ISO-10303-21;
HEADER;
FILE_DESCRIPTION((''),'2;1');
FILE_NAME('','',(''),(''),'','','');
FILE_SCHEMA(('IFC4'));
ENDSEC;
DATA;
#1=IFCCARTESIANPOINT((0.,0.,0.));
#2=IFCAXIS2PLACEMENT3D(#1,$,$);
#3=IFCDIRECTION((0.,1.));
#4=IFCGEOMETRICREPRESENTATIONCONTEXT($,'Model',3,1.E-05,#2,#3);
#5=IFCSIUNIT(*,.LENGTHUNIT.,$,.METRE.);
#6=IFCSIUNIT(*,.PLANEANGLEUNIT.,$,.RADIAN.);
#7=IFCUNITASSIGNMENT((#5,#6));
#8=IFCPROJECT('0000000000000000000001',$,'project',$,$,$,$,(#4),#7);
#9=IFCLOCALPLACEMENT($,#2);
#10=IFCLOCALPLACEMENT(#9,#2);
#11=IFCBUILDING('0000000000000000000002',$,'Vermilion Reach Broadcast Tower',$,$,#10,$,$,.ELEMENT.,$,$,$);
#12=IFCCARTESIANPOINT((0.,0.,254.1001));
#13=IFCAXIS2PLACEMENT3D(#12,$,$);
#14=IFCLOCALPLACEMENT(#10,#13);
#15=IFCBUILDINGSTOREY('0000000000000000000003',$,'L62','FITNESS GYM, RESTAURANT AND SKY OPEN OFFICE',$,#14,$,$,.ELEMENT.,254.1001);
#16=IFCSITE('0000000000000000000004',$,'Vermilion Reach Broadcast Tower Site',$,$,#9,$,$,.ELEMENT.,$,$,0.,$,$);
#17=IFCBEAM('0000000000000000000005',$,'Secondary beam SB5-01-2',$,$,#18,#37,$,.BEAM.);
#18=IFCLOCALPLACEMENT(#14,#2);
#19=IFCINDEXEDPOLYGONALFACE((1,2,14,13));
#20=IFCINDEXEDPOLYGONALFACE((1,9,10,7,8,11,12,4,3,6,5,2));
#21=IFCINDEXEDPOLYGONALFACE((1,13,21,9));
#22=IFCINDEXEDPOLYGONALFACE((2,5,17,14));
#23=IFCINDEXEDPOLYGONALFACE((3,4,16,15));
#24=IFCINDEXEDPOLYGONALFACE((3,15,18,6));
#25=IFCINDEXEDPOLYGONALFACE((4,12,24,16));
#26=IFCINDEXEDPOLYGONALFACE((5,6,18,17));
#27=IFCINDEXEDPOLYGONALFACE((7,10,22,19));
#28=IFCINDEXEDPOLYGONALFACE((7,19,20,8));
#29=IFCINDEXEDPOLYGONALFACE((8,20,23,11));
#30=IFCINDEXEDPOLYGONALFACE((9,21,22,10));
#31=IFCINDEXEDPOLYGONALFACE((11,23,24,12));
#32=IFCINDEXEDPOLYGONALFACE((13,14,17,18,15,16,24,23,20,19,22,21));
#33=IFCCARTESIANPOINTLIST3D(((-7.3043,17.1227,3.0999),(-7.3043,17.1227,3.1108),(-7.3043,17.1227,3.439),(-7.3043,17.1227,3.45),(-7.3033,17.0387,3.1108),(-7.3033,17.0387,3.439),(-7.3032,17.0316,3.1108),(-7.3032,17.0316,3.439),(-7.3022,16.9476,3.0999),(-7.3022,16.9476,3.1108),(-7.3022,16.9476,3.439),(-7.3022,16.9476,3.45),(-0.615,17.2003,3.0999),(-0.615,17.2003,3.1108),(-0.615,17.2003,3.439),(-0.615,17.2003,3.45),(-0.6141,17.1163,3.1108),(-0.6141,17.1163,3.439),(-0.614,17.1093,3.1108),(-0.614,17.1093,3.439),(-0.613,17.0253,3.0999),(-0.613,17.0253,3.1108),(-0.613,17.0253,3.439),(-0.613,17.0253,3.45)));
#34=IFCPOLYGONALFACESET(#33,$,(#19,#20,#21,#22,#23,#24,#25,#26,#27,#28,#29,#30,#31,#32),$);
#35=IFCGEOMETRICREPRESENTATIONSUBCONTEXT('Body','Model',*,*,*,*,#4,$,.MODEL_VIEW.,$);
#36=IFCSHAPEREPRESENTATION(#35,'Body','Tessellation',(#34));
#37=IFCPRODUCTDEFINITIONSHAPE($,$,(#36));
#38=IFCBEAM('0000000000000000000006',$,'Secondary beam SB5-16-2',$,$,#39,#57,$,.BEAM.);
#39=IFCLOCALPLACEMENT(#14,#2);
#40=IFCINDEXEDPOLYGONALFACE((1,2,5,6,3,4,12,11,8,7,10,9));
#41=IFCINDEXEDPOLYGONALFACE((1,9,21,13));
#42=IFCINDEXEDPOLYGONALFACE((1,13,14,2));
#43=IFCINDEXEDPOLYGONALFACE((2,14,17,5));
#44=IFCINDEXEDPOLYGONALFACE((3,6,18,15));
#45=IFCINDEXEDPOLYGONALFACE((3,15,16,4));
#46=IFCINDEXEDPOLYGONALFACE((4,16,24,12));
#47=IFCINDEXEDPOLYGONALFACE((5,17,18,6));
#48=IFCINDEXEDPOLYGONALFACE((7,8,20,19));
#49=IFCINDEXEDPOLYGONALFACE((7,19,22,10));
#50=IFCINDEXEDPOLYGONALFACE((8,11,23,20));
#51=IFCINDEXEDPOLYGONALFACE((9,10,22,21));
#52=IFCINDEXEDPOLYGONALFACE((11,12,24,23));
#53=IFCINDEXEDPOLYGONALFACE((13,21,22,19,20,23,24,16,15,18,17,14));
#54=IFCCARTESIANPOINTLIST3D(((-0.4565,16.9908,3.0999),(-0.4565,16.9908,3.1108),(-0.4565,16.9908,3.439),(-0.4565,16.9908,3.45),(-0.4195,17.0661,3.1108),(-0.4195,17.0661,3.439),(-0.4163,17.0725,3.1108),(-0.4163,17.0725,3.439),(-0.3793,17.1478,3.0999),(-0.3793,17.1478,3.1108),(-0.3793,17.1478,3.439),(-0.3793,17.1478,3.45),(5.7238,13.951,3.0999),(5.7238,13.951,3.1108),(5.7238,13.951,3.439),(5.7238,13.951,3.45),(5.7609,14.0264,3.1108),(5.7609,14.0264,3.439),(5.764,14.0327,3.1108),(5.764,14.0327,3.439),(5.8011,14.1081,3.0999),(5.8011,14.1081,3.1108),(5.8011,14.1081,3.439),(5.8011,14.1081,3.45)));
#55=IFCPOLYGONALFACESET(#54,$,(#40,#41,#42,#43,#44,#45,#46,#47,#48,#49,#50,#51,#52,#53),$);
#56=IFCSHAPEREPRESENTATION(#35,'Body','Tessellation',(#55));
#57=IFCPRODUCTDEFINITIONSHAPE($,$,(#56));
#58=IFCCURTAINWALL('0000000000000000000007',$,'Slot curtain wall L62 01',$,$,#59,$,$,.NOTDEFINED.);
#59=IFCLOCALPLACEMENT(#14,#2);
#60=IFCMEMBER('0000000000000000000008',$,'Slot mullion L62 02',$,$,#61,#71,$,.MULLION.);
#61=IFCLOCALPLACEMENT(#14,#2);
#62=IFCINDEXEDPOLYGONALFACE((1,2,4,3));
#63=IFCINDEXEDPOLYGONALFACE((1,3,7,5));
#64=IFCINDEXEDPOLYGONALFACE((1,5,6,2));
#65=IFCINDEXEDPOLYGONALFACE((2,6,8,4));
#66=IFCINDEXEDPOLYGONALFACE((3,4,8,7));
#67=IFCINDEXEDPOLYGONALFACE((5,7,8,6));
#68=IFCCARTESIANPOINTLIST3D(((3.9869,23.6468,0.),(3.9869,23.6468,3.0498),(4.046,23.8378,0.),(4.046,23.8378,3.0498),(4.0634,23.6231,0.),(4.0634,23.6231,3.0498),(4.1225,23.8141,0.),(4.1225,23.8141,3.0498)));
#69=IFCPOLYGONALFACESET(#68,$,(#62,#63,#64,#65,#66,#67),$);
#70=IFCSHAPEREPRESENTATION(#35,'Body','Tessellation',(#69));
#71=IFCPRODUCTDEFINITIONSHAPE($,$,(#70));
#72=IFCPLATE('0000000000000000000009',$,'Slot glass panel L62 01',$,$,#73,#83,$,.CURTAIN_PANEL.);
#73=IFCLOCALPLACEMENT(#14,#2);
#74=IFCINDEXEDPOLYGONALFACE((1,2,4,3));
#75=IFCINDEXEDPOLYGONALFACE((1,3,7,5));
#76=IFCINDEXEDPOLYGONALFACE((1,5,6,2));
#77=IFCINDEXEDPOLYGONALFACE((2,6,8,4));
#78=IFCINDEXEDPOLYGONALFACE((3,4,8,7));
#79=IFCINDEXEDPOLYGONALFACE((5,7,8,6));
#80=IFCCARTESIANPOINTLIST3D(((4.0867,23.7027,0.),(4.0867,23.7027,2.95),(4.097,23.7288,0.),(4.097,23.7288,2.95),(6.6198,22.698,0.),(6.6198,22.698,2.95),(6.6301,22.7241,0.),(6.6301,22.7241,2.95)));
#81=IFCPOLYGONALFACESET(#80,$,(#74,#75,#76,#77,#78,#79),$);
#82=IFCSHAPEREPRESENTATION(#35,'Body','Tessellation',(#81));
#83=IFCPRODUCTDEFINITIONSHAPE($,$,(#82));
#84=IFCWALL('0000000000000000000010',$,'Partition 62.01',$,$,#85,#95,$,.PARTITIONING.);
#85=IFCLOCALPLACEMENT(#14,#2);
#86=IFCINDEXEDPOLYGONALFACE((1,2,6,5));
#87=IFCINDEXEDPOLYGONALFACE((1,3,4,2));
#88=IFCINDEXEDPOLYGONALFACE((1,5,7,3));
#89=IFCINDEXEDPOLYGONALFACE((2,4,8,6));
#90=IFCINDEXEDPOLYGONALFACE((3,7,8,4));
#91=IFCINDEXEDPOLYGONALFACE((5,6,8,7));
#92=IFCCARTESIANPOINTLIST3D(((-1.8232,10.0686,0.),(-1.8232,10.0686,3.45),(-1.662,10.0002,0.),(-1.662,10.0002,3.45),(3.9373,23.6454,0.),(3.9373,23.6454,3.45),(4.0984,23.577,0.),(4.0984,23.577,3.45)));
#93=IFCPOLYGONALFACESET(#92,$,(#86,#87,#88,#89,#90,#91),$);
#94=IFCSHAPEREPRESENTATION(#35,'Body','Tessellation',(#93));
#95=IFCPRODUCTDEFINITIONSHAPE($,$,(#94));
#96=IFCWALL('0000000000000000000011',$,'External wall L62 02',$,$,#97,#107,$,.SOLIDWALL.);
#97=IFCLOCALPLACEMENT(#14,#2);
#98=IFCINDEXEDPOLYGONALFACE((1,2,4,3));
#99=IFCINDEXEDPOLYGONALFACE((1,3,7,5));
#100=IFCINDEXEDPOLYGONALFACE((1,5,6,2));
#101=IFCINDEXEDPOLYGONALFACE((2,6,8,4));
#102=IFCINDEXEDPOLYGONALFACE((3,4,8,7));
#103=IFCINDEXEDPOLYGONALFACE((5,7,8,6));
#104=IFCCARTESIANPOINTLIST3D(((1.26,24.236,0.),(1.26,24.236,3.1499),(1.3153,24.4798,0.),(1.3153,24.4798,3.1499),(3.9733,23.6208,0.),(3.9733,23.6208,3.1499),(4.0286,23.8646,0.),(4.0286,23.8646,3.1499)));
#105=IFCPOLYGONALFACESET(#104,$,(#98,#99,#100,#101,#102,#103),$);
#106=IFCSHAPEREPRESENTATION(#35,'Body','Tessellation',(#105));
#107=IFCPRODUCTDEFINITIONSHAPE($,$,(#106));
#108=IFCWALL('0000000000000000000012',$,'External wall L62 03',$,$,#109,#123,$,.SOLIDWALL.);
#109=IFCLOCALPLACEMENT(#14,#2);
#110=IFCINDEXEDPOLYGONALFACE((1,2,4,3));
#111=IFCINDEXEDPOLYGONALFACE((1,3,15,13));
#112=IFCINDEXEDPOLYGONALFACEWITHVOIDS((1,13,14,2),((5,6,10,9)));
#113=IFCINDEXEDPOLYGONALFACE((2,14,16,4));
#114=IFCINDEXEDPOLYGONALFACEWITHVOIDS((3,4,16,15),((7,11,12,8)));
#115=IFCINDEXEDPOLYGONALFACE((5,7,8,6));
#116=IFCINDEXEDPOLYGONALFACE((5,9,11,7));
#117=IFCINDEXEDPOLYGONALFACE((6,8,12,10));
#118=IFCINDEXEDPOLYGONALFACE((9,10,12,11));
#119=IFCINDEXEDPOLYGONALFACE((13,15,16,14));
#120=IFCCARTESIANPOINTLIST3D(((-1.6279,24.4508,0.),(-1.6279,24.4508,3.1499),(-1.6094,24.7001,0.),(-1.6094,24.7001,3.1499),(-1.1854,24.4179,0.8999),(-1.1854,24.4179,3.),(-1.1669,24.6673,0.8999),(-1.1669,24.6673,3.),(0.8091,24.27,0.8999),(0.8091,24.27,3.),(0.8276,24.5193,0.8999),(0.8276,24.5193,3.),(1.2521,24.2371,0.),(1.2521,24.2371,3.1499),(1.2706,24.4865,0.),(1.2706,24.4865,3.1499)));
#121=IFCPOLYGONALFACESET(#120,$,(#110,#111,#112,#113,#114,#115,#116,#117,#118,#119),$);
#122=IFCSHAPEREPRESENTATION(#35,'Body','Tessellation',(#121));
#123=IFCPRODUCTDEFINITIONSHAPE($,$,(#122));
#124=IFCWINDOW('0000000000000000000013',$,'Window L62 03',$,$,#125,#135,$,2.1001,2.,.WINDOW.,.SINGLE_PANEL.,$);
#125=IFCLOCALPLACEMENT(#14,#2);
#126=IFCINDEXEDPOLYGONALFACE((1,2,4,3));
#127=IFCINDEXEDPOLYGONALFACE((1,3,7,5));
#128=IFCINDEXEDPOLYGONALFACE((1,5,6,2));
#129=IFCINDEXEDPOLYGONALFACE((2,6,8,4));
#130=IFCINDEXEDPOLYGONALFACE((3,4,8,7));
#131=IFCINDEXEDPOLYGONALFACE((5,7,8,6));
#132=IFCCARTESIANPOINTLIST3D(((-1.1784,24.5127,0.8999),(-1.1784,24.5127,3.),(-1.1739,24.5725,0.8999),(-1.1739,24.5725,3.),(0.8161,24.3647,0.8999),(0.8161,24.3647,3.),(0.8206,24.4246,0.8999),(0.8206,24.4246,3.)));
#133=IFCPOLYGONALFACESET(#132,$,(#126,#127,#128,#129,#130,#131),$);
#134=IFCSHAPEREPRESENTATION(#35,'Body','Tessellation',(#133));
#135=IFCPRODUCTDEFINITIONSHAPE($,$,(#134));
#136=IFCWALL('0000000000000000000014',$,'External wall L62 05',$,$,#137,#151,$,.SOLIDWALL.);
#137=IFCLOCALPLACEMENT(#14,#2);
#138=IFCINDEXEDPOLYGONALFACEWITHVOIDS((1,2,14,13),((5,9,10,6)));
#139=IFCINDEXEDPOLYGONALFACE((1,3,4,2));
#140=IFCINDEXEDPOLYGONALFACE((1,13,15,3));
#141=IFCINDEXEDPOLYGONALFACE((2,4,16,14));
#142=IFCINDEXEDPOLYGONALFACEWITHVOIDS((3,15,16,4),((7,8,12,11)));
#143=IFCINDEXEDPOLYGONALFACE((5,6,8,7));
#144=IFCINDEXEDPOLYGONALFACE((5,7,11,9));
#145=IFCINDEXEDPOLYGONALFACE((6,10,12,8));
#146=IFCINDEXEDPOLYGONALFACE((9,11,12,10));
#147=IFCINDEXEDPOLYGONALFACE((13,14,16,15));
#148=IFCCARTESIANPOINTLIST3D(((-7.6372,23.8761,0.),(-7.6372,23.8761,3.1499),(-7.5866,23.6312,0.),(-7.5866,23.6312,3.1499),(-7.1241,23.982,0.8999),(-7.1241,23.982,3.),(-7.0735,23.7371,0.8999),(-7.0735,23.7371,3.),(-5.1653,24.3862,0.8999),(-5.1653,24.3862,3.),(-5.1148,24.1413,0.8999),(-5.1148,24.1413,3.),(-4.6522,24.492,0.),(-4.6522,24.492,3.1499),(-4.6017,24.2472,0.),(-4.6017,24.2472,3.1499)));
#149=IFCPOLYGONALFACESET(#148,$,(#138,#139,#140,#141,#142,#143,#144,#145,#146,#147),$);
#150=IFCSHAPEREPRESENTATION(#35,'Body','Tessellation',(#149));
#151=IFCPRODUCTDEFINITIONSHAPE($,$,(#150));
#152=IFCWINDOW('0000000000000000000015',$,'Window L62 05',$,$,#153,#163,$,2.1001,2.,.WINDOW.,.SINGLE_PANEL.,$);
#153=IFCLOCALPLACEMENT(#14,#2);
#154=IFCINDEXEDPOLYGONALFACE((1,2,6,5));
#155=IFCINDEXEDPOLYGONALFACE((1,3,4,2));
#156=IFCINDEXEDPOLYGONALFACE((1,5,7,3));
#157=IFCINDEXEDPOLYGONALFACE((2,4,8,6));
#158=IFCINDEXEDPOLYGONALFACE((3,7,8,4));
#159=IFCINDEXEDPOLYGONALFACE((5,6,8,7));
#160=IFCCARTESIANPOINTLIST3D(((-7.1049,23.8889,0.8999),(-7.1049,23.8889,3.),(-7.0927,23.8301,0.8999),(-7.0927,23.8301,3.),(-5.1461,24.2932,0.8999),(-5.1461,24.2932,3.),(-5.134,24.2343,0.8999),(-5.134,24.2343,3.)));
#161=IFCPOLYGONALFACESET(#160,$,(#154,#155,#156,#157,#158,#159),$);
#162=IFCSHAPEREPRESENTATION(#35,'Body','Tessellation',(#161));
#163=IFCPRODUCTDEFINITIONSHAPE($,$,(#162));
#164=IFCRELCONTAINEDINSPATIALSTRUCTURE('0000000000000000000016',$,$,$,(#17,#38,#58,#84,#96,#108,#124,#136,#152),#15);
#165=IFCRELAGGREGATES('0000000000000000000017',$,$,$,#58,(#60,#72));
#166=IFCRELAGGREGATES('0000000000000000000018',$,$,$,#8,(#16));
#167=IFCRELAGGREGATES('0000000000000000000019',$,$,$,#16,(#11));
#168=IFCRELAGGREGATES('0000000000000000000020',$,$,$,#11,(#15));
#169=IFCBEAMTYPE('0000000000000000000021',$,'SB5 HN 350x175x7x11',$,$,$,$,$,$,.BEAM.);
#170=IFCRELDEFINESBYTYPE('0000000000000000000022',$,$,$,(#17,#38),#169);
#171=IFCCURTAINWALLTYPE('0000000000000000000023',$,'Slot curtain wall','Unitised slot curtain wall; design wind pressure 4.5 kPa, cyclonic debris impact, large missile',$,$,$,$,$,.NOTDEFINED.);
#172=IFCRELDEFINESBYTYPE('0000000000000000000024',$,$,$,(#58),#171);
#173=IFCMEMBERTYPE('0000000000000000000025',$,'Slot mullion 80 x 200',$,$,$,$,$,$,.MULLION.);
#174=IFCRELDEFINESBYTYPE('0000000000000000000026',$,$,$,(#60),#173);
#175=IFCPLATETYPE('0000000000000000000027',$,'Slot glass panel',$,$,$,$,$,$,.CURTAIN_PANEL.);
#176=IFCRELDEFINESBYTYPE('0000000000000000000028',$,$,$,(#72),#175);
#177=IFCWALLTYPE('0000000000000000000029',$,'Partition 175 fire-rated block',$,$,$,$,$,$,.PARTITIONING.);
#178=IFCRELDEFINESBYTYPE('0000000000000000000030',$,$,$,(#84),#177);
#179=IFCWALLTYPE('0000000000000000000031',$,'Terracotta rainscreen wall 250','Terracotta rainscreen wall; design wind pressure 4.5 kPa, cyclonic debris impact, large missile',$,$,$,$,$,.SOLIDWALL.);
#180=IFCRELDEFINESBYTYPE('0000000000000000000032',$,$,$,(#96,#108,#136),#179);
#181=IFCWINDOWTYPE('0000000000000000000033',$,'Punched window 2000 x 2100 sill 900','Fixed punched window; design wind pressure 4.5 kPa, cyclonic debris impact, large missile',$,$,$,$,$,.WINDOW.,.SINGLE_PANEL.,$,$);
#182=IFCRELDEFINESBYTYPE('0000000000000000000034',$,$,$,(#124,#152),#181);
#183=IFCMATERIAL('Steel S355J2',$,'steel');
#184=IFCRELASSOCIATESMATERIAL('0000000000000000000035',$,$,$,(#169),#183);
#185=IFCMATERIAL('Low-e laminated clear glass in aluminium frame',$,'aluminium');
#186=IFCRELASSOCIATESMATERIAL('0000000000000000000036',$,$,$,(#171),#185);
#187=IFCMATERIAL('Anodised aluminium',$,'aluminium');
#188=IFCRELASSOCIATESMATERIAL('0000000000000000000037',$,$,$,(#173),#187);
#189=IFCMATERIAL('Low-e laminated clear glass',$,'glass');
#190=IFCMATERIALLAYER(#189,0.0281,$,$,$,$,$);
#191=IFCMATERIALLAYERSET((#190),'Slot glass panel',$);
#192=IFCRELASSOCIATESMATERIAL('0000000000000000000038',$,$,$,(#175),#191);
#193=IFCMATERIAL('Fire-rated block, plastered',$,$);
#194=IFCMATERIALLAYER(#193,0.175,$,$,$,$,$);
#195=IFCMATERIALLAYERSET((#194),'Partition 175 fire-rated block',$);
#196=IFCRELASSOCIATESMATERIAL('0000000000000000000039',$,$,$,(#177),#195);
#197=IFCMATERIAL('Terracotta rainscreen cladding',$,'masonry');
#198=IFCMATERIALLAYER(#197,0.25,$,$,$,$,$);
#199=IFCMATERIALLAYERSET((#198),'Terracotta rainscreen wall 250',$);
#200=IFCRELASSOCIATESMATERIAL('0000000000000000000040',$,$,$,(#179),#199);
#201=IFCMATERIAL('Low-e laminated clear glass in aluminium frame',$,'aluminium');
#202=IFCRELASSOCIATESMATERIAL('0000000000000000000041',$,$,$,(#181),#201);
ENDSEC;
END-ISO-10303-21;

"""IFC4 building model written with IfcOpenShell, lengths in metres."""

from ifc_helpers import new_model, si_unit, direction, frame, frame_2d, origin, origin_2d, place, context, subcontext, project, spatial, rectangle, i_section, extrude, material, layer, layer_set, material_profile, profile_set, type_object, element, fill, aggregate, save


model = new_model("IFC4")

# Units and contexts
model_context = context("Model", 3, precision=1e-05, world=origin(), true_north=direction((0.0, 1.0)))
body_context = subcontext(model_context, "Body", "Model", "MODEL_VIEW")
ifc_project = project(units=[si_unit("LENGTHUNIT", "METRE"), si_unit("PLANEANGLEUNIT", "RADIAN")], contexts=[model_context])

# Site, building, storey
site_placement = place(None, origin())
site = spatial("IfcSite", under=ifc_project, at=site_placement, Name="Vermilion Reach Broadcast Tower Site", CompositionType="ELEMENT", RefElevation=0.0)
building_placement = place(site_placement, origin())
building = spatial("IfcBuilding", under=site, at=building_placement, Name="Vermilion Reach Broadcast Tower", CompositionType="ELEMENT")
storey_placement = place(building_placement, frame((0.0, 0.0, 254.1001)))
storey = spatial("IfcBuildingStorey", under=building, at=storey_placement, Name="L62", Description="FITNESS GYM, RESTAURANT AND SKY OPEN OFFICE", CompositionType="ELEMENT", Elevation=254.1001)

# Beams
ifc_material_1 = material(Name="Steel S355J2", Category="steel")
ifc_material_profile_1 = material_profile(ifc_material_1, i_section(OverallWidth=0.175, OverallDepth=0.3501, WebThickness=0.0071, FlangeThickness=0.011, at=origin_2d()), Name="S355J2 HN 350x175x7x11")
ifc_profile_set_1 = profile_set([ifc_material_profile_1], Name="Steel S355J2")
beam_type_1 = type_object("IfcBeamType", Name="SB5 HN 350x175x7x11", PredefinedType="BEAM", material=ifc_profile_set_1)
beam_1_placement = place(storey_placement, frame((-0.614, 17.1128, 3.2749), z_axis=(-0.999933, -0.011605, 0.0), x_axis=(0.011605, -0.999933, 0.0)))
element("IfcBeam", 1, at=beam_1_placement, inside=storey, type_object=beam_type_1, Name="Secondary beam SB5-01-2", PredefinedType="BEAM", context=body_context, shape_type="SweptSolid", body=[
    extrude(i_section(OverallWidth=0.175, OverallDepth=0.3501, WebThickness=0.0071, FlangeThickness=0.011, at=origin_2d()), origin(), (0.0, 0.0, 1.0), 6.6897),
])
beam_2_placement = place(storey_placement, frame((5.7625, 14.0295, 3.2749), z_axis=(-0.897336, 0.441348, 0.0), x_axis=(-0.441348, -0.897336, 0.0)))
element("IfcBeam", 2, at=beam_2_placement, inside=storey, type_object=beam_type_1, Name="Secondary beam SB5-16-2", PredefinedType="BEAM", context=body_context, shape_type="SweptSolid", body=[
    extrude(i_section(OverallWidth=0.175, OverallDepth=0.3501, WebThickness=0.0071, FlangeThickness=0.011, at=origin_2d()), origin(), (0.0, 0.0, 1.0), 6.8875),
])

# Curtain wall, member, plate
ifc_material_2 = material(Name="Low-e laminated clear glass in aluminium frame", Category="aluminium")
curtain_wall_type = type_object("IfcCurtainWallType", Name="Slot curtain wall", Description="Unitised slot curtain wall; design wind pressure 4.5 kPa, cyclonic debris impact, large missile", PredefinedType="NOTDEFINED", material=ifc_material_2)
curtain_wall_placement = place(storey_placement, origin())
curtain_wall = element("IfcCurtainWall", 3, at=curtain_wall_placement, inside=storey, type_object=curtain_wall_type, Name="Slot curtain wall L62 01", PredefinedType="NOTDEFINED")
ifc_material_3 = material(Name="Anodised aluminium", Category="aluminium")
ifc_material_profile_2 = material_profile(ifc_material_3, rectangle(XDim=0.2, YDim=0.0801, at=origin_2d()), Name="Slot mullion 80 x 200")
ifc_profile_set_2 = profile_set([ifc_material_profile_2], Name="Anodised aluminium")
member_type = type_object("IfcMemberType", Name="Slot mullion 80 x 200", PredefinedType="MULLION", material=ifc_profile_set_2)
member_placement = place(storey_placement, frame((4.0547, 23.7305, 0.0), z_axis=(0.0, 0.0, 1.0), x_axis=(-0.295817, -0.955245, 0.0)))
member = element("IfcMember", 4, at=member_placement, type_object=member_type, Name="Slot mullion L62 02", PredefinedType="MULLION", context=body_context, shape_type="SweptSolid", body=[
    extrude(rectangle(XDim=0.2, YDim=0.0801, at=origin_2d()), origin(), (0.0, 0.0, 1.0), 3.0498),
])
ifc_material_4 = material(Name="Low-e laminated clear glass", Category="glass")
ifc_layer_1 = layer(ifc_material_4, 0.0281)
ifc_layer_set_1 = layer_set([ifc_layer_1], Name="Slot glass panel")
plate_type = type_object("IfcPlateType", Name="Slot glass panel", PredefinedType="CURTAIN_PANEL", material=ifc_layer_set_1)
plate_placement = place(storey_placement, frame((5.3584, 23.2134, 0.0), z_axis=(0.0, 0.0, 1.0), x_axis=(-0.929549, 0.368699, 0.0)))
plate = element("IfcPlate", 5, at=plate_placement, type_object=plate_type, Name="Slot glass panel L62 01", PredefinedType="CURTAIN_PANEL", context=body_context, shape_type="SweptSolid", body=[
    extrude(rectangle(XDim=2.7251, YDim=0.0281, at=origin_2d()), origin(), (0.0, 0.0, 1.0), 2.95),
])
aggregate(curtain_wall, [member, plate])

# Walls
ifc_material_5 = material(Name="Fire-rated block, plastered")
ifc_layer_2 = layer(ifc_material_5, 0.175)
ifc_layer_set_2 = layer_set([ifc_layer_2], Name="Partition 175 fire-rated block")
wall_type_1 = type_object("IfcWallType", Name="Partition 175 fire-rated block", PredefinedType="PARTITIONING", material=ifc_layer_set_2)
wall_1_placement = place(storey_placement, frame((4.0178, 23.6111, 0.0), z_axis=(0.0, 0.0, 1.0), x_axis=(-0.390584, -0.920567, 0.0)))
element("IfcWall", 6, at=wall_1_placement, inside=storey, type_object=wall_type_1, Name="Partition 62.01", PredefinedType="PARTITIONING", context=body_context, shape_type="SweptSolid", body=[
    extrude(rectangle(XDim=14.7483, YDim=0.175, at=frame_2d((7.374, 0.0))), origin(), (0.0, 0.0, 1.0), 3.45),
])
ifc_material_6 = material(Name="Terracotta rainscreen cladding", Category="masonry")
ifc_layer_3 = layer(ifc_material_6, 0.25)
ifc_layer_set_3 = layer_set([ifc_layer_3], Name="Terracotta rainscreen wall 250")
wall_type_2 = type_object("IfcWallType", Name="Terracotta rainscreen wall 250", Description="Terracotta rainscreen wall; design wind pressure 4.5 kPa, cyclonic debris impact, large missile", PredefinedType="SOLIDWALL", material=ifc_layer_set_3)
wall_2_placement = place(storey_placement, frame((4.001, 23.7427, 0.0), z_axis=(0.0, 0.0, 1.0), x_axis=(-0.975245, 0.221128, 0.0)))
element("IfcWall", 7, at=wall_2_placement, inside=storey, type_object=wall_type_2, Name="External wall L62 02", PredefinedType="SOLIDWALL", context=body_context, shape_type="SweptSolid", body=[
    extrude(rectangle(XDim=2.7822, YDim=0.25, at=frame_2d((1.3911, 0.0))), origin(), (0.0, 0.0, 1.0), 3.1499),
])

# Wall, opening, window
wall_3_placement = place(storey_placement, frame((1.2612, 24.3618, 0.0), z_axis=(0.0, 0.0, 1.0), x_axis=(-0.997261, 0.073968, 0.0)))
wall_3 = element("IfcWall", 8, at=wall_3_placement, inside=storey, type_object=wall_type_2, Name="External wall L62 03", PredefinedType="SOLIDWALL", context=body_context, shape_type="SweptSolid", body=[
    extrude(rectangle(XDim=2.8879, YDim=0.25, at=frame_2d((1.4438, 0.0))), origin(), (0.0, 0.0, 1.0), 3.1499),
])
opening_1_placement = place(wall_3_placement, frame((0.4441, 0.0, 0.8999)))
opening_1 = element("IfcOpeningElement", 9, at=opening_1_placement, cuts=wall_3, PredefinedType="OPENING", context=body_context, shape_type="SweptSolid", body=[
    extrude(rectangle(XDim=2.0, YDim=2.1001, at=frame_2d((1.0, 1.05))), frame((0.0, 0.135, 0.0), z_axis=(0.0, -1.0, 0.0), x_axis=(1.0, 0.0, 0.0)), (0.0, 0.0, 1.0), 0.27),
])
ifc_material_7 = material(Name="Low-e laminated clear glass in aluminium frame", Category="aluminium")
window_type = type_object("IfcWindowType", Name="Punched window 2000 x 2100 sill 900", Description="Fixed punched window; design wind pressure 4.5 kPa, cyclonic debris impact, large missile", PartitioningType="SINGLE_PANEL", PredefinedType="WINDOW", material=ifc_material_7)
window_1_placement = place(opening_1_placement, origin())
window_1 = element("IfcWindow", 10, at=window_1_placement, inside=storey, type_object=window_type, Name="Window L62 03", OverallHeight=2.1001, OverallWidth=2.0, PartitioningType="SINGLE_PANEL", PredefinedType="WINDOW", context=body_context, shape_type="SweptSolid", body=[
    extrude(rectangle(XDim=2.0, YDim=2.1001, at=frame_2d((1.0, 1.05))), frame((0.0, 0.03, 0.0), z_axis=(0.0, -1.0, 0.0), x_axis=(1.0, 0.0, 0.0)), (0.0, 0.0, 1.0), 0.0601),
])
fill(opening_1, window_1)

# Wall, opening, window
wall_4_placement = place(storey_placement, frame((-4.627, 24.3696, 0.0), z_axis=(0.0, 0.0, 1.0), x_axis=(-0.979364, -0.202105, 0.0)))
wall_4 = element("IfcWall", 11, at=wall_4_placement, inside=storey, type_object=wall_type_2, Name="External wall L62 05", PredefinedType="SOLIDWALL", context=body_context, shape_type="SweptSolid", body=[
    extrude(rectangle(XDim=3.0479, YDim=0.25, at=frame_2d((1.5239, 0.0))), origin(), (0.0, 0.0, 1.0), 3.1499),
])
opening_2_placement = place(wall_4_placement, frame((0.5239, 0.0, 0.8999)))
opening_2 = element("IfcOpeningElement", 12, at=opening_2_placement, cuts=wall_4, PredefinedType="OPENING", context=body_context, shape_type="SweptSolid", body=[
    extrude(rectangle(XDim=2.0, YDim=2.1001, at=frame_2d((1.0, 1.05))), frame((0.0, 0.135, 0.0), z_axis=(0.0, -1.0, 0.0), x_axis=(1.0, 0.0, 0.0)), (0.0, 0.0, 1.0), 0.27),
])
window_2_placement = place(opening_2_placement, origin())
window_2 = element("IfcWindow", 13, at=window_2_placement, inside=storey, type_object=window_type, Name="Window L62 05", OverallHeight=2.1001, OverallWidth=2.0, PartitioningType="SINGLE_PANEL", PredefinedType="WINDOW", context=body_context, shape_type="SweptSolid", body=[
    extrude(rectangle(XDim=2.0, YDim=2.1001, at=frame_2d((1.0, 1.05))), frame((0.0, 0.03, 0.0), z_axis=(0.0, -1.0, 0.0), x_axis=(1.0, 0.0, 0.0)), (0.0, 0.0, 1.0), 0.0601),
])
fill(opening_2, window_2)

save(model, "model.ifc")
